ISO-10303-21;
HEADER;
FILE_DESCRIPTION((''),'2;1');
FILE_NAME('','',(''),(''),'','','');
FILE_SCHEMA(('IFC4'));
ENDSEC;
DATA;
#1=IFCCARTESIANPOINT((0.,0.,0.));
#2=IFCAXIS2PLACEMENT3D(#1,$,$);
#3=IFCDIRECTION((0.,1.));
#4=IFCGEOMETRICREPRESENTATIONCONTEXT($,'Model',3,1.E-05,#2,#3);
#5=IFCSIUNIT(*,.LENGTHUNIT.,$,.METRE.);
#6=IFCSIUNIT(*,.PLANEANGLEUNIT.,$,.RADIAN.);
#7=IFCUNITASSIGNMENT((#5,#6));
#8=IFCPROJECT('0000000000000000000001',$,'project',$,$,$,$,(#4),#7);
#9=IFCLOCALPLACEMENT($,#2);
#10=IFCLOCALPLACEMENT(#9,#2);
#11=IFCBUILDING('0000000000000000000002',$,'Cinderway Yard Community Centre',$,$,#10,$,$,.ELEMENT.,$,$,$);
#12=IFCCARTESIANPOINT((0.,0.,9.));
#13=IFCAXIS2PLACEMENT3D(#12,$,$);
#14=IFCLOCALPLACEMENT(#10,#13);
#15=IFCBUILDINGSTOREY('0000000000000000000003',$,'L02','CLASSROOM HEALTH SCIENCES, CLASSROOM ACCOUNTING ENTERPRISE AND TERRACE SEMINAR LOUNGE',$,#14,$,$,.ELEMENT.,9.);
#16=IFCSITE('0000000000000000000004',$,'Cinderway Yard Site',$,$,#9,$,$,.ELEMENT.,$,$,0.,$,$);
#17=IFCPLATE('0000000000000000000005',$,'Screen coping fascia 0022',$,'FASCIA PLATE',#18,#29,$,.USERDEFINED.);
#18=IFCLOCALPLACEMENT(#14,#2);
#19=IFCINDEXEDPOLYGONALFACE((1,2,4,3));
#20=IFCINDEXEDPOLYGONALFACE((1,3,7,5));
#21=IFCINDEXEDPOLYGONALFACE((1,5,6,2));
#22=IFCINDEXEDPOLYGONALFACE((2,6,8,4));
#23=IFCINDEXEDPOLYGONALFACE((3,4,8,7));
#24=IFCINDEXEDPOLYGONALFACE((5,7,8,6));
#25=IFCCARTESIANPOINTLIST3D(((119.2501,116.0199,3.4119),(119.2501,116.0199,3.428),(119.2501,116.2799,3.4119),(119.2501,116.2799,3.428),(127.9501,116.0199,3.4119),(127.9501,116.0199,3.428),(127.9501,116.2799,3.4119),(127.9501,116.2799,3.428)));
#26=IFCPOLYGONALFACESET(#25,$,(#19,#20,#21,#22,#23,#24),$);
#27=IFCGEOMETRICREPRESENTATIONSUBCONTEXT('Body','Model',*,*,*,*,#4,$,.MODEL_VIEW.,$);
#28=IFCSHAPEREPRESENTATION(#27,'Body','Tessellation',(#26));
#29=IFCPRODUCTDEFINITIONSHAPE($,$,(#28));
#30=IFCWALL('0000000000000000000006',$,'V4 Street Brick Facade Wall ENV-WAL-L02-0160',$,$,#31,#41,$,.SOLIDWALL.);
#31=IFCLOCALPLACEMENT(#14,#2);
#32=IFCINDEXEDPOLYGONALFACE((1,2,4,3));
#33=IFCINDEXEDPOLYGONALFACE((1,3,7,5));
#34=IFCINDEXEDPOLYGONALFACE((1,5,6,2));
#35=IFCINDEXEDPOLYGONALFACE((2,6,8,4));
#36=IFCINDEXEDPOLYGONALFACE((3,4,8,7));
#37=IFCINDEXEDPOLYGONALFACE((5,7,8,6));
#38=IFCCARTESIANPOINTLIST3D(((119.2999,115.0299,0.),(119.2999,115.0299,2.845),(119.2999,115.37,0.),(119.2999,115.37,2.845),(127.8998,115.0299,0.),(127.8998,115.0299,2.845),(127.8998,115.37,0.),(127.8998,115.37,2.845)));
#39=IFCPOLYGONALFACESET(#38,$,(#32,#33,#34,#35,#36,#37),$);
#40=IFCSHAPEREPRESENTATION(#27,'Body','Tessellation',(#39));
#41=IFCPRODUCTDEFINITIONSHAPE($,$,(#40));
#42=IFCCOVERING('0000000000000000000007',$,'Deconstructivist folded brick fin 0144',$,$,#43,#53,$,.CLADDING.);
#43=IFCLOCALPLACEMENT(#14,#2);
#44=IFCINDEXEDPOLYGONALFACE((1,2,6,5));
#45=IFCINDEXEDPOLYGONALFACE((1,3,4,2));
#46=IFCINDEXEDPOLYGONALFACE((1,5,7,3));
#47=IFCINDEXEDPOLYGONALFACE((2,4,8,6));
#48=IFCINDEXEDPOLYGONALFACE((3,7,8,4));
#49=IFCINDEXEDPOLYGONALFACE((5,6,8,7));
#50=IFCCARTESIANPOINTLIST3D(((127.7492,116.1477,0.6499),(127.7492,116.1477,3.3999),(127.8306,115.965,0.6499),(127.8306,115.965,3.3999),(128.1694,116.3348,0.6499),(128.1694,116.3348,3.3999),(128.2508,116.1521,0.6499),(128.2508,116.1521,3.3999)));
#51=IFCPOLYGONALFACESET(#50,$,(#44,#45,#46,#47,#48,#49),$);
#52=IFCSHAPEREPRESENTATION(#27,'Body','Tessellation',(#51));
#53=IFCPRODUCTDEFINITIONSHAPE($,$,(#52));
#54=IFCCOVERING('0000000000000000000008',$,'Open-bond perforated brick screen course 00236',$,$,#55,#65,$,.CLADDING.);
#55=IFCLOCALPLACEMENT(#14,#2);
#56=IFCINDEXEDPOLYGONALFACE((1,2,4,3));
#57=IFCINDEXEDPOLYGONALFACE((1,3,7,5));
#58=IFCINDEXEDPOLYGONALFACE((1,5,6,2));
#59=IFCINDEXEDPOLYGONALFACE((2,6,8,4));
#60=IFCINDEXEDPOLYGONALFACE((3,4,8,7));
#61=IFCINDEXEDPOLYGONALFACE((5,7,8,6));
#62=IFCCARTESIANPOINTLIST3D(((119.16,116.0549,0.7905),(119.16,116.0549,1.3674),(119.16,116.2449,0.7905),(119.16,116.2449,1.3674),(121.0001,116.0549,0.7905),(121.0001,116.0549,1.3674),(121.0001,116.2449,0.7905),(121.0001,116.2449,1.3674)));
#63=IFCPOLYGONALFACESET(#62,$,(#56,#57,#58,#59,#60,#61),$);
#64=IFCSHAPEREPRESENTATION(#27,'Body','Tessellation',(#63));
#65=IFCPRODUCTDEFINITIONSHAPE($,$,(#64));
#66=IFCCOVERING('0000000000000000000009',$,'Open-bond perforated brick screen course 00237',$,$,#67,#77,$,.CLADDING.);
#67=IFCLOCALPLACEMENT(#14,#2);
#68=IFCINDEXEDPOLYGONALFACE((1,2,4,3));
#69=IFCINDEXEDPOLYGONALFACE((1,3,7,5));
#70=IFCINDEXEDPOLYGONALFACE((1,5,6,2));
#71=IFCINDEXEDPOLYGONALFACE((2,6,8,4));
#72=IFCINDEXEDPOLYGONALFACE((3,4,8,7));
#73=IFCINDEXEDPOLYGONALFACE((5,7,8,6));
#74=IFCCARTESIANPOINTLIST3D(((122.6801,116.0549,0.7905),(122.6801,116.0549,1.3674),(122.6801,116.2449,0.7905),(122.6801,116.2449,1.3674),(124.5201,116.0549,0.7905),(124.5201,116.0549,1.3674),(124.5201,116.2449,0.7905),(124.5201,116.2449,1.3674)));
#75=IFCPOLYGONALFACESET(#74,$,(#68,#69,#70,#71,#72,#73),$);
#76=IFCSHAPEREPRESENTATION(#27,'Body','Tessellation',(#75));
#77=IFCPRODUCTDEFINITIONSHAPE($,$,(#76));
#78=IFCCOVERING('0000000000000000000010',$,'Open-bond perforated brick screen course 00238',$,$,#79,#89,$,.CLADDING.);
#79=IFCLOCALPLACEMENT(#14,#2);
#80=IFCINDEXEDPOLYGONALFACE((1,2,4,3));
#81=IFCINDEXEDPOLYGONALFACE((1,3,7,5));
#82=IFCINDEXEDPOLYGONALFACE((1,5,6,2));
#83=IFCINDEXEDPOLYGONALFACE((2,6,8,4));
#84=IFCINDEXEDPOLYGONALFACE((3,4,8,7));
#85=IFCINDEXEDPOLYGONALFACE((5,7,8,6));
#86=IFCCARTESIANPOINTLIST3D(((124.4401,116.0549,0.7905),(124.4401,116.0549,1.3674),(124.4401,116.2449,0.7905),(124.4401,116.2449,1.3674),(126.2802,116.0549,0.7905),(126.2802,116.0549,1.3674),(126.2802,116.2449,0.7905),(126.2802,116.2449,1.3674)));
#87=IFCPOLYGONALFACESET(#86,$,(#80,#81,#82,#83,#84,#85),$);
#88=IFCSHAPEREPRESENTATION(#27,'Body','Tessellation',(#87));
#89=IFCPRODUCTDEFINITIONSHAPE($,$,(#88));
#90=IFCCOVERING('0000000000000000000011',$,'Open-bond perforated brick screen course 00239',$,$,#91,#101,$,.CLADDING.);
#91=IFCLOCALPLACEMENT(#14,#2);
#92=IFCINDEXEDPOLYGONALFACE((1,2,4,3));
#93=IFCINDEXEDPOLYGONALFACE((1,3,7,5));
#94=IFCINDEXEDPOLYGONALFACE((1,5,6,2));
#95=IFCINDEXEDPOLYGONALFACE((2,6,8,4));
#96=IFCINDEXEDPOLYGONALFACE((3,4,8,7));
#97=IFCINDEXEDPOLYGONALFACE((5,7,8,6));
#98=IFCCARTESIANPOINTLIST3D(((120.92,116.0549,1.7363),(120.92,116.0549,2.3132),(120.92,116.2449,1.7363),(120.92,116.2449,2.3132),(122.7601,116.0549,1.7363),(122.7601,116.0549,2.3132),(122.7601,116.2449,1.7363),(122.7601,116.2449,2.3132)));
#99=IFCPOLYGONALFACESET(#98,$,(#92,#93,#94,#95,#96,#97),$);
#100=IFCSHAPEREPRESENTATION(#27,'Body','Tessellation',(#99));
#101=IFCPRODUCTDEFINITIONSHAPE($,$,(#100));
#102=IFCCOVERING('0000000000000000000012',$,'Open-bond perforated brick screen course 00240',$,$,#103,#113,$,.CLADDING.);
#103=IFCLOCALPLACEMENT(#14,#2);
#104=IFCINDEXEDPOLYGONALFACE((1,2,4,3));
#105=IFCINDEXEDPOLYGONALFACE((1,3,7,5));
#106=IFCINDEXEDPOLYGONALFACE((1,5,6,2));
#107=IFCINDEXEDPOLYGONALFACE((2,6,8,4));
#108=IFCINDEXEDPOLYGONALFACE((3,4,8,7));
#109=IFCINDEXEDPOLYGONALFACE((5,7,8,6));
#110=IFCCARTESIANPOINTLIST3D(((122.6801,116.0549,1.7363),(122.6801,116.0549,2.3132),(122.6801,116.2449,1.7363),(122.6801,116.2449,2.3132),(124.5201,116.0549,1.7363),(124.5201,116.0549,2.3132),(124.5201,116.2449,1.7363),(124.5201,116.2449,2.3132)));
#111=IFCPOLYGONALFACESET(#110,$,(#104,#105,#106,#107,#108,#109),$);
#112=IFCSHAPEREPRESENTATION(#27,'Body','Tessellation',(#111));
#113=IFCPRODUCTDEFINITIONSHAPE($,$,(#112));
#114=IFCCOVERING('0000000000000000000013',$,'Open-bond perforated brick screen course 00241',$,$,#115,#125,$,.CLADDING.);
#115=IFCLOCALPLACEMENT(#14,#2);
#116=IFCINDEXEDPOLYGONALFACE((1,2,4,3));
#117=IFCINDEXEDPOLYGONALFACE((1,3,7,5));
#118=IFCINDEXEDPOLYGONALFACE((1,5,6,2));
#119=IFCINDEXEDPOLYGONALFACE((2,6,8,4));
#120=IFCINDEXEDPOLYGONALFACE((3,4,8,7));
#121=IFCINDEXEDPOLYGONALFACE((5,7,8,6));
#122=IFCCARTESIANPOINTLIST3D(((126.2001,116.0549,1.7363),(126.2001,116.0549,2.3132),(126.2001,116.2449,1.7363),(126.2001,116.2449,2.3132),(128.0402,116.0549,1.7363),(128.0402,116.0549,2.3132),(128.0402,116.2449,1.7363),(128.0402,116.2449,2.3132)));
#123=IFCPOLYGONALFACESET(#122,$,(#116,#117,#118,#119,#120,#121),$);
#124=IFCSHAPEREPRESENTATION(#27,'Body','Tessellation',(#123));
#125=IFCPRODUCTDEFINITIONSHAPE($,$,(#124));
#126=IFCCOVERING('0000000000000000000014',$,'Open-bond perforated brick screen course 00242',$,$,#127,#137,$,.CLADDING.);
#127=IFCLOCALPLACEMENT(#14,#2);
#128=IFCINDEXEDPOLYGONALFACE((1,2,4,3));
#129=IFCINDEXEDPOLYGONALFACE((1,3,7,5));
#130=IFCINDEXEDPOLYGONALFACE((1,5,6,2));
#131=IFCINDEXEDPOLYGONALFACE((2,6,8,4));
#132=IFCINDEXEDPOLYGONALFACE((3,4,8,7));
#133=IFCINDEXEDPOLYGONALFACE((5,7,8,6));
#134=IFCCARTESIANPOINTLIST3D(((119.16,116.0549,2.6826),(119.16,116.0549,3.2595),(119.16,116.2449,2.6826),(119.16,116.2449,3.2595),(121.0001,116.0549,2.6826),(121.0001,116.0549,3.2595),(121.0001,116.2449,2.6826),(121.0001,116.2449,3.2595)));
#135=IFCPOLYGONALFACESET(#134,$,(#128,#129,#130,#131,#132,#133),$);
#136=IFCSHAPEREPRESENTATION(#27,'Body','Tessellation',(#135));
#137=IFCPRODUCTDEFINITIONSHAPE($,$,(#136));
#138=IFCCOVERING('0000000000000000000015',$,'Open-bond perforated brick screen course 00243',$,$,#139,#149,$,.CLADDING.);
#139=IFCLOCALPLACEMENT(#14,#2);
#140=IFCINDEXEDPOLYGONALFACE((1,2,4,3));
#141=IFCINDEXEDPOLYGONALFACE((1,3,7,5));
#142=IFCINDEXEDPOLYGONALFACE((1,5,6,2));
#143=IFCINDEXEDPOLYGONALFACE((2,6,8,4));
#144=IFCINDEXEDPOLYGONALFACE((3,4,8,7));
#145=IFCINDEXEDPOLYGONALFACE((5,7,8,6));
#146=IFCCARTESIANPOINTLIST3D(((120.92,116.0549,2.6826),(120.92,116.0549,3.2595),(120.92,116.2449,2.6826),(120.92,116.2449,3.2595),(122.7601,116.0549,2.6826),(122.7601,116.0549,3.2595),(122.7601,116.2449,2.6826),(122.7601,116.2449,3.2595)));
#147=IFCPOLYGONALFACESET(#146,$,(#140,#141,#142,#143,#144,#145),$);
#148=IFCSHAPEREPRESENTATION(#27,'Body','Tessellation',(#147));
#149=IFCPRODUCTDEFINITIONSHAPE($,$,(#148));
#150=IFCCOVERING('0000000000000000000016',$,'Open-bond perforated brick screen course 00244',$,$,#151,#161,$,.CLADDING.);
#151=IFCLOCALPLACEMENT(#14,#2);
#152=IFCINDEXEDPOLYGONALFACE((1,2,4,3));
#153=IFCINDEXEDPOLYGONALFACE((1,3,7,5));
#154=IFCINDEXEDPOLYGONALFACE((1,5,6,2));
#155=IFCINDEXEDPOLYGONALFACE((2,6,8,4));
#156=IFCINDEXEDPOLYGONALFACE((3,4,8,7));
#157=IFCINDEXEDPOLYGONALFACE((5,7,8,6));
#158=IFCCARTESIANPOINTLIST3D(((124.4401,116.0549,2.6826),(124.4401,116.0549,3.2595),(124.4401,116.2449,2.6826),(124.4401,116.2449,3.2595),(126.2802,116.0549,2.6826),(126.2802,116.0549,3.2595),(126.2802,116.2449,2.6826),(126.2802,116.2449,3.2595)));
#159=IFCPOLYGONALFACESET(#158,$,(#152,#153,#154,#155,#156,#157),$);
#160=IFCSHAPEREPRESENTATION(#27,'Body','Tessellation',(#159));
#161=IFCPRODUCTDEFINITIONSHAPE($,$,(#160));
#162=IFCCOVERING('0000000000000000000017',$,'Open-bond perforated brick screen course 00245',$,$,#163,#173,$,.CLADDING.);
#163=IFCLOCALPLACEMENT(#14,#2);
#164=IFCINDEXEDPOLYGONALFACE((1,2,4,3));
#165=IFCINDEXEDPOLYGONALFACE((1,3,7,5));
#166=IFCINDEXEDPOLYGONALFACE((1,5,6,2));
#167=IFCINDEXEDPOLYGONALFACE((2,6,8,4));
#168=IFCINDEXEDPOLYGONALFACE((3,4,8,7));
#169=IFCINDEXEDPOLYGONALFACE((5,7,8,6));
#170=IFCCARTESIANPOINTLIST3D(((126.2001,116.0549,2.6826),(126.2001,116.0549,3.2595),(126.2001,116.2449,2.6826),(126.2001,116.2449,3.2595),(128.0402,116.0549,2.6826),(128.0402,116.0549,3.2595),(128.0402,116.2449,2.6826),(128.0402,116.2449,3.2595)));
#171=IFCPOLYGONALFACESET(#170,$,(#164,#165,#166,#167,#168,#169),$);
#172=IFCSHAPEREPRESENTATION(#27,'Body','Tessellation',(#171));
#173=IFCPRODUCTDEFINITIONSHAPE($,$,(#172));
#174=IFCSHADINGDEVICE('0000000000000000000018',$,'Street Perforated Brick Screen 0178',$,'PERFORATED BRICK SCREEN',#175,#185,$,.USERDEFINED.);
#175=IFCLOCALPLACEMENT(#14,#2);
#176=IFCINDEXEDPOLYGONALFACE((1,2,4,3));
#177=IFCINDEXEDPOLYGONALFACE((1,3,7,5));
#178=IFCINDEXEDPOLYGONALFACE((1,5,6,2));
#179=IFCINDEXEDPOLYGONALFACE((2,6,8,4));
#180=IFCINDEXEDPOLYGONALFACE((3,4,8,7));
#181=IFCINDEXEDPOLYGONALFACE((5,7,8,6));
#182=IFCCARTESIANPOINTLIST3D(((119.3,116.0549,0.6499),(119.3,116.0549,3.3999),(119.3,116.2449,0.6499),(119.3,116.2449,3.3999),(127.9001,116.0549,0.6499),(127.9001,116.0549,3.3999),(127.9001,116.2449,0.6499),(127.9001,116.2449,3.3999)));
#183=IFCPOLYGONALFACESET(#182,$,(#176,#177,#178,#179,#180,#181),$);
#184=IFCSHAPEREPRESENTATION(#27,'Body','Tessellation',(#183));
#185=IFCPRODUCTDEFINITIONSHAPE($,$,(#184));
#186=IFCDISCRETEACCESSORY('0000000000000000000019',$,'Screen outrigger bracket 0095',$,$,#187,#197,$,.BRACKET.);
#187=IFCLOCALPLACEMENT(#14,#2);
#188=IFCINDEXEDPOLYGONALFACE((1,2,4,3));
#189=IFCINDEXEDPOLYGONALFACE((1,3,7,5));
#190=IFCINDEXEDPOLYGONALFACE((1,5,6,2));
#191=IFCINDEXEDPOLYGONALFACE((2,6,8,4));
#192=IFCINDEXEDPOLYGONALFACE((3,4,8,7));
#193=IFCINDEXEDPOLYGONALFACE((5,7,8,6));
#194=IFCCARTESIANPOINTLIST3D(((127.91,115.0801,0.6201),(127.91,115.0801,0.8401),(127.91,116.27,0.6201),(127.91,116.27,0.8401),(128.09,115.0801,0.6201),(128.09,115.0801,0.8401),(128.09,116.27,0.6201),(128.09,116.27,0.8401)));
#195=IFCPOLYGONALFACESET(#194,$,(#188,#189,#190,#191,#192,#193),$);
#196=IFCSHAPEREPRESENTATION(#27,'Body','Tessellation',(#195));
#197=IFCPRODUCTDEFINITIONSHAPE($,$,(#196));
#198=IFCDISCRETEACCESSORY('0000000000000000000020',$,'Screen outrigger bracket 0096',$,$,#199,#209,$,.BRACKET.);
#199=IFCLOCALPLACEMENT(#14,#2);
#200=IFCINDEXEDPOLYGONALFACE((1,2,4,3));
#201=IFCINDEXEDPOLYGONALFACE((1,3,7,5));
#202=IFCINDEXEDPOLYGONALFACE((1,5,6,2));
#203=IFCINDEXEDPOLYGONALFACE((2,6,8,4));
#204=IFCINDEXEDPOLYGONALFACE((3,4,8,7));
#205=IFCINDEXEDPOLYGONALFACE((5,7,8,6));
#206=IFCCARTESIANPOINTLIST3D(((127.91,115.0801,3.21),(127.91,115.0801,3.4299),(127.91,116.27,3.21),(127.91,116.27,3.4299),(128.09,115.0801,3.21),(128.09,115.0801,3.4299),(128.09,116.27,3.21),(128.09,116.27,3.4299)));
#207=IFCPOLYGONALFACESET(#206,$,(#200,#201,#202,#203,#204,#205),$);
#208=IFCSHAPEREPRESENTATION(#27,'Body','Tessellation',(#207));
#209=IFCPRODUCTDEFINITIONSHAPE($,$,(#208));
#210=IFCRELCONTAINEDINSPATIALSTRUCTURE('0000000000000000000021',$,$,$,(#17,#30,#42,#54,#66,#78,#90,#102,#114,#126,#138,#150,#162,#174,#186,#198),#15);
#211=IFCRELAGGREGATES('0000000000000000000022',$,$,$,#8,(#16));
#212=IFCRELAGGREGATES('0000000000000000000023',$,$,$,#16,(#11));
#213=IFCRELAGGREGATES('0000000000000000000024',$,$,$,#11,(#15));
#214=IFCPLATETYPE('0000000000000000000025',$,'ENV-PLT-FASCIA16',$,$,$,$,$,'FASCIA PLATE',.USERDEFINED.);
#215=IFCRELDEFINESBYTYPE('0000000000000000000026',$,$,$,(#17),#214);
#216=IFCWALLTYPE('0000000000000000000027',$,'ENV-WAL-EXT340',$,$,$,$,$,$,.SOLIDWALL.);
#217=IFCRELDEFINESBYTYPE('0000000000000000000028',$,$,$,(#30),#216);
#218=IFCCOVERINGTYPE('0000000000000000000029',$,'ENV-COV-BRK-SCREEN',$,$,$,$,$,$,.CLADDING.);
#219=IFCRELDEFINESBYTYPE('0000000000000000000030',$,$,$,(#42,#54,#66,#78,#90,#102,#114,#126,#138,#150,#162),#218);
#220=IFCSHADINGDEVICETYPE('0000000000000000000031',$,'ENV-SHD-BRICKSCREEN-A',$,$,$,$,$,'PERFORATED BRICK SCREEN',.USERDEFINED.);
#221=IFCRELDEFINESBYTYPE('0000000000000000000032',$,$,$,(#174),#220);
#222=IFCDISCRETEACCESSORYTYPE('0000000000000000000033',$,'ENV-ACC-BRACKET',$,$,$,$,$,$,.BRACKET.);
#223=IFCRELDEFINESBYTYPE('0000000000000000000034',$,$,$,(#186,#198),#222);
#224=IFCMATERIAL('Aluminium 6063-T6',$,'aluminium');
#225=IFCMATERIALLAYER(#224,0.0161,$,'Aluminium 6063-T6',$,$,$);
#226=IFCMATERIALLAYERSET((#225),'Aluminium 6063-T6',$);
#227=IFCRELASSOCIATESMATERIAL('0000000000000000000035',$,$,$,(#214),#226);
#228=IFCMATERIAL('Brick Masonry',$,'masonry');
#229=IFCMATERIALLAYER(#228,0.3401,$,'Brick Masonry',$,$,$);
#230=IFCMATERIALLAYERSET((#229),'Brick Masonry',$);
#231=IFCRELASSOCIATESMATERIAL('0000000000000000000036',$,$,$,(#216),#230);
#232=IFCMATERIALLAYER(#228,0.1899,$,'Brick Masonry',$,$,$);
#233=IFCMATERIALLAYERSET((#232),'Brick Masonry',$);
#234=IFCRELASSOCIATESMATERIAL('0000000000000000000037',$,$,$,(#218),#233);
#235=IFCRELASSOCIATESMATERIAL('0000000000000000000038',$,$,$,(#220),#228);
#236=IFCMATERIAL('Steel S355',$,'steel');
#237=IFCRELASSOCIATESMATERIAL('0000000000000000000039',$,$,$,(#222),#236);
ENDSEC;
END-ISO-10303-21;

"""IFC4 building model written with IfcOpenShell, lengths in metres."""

from ifc_helpers import new_model, si_unit, direction, frame, frame_2d, origin, origin_2d, place, context, subcontext, project, spatial, rectangle, extrude, material, layer, layer_set, type_object, element, save


model = new_model("IFC4")

# Units and contexts
model_context = context("Model", 3, precision=1e-05, world=origin(), true_north=direction((0.0, 1.0)))
body_context = subcontext(model_context, "Body", "Model", "MODEL_VIEW")
ifc_project = project(units=[si_unit("LENGTHUNIT", "METRE"), si_unit("PLANEANGLEUNIT", "RADIAN")], contexts=[model_context])

# Site, building, storey
site_placement = place(None, origin())
site = spatial("IfcSite", under=ifc_project, at=site_placement, Name="Cinderway Yard Site", CompositionType="ELEMENT", RefElevation=0.0)
building_placement = place(site_placement, origin())
building = spatial("IfcBuilding", under=site, at=building_placement, Name="Cinderway Yard Community Centre", CompositionType="ELEMENT")
storey_placement = place(building_placement, frame((0.0, 0.0, 9.0)))
storey = spatial("IfcBuildingStorey", under=building, at=storey_placement, Name="L02", Description="CLASSROOM HEALTH SCIENCES, CLASSROOM ACCOUNTING ENTERPRISE AND TERRACE SEMINAR LOUNGE", CompositionType="ELEMENT", Elevation=9.0)

# Shared definitions
ifc_material_1 = material(Name="Steel S355", Category="steel")

# Plate
ifc_material_2 = material(Name="Aluminium 6063-T6", Category="aluminium")
ifc_layer_1 = layer(ifc_material_2, 0.0161, Name="Aluminium 6063-T6")
ifc_layer_set_1 = layer_set([ifc_layer_1], Name="Aluminium 6063-T6")
plate_type = type_object("IfcPlateType", Name="ENV-PLT-FASCIA16", ElementType="FASCIA PLATE", PredefinedType="USERDEFINED", material=ifc_layer_set_1)
plate_placement = place(storey_placement, frame((123.6001, 116.1499, 3.4119), z_axis=(0.0, 0.0, 1.0), x_axis=(1.0, 0.0, 0.0)))
element("IfcPlate", 1, at=plate_placement, inside=storey, type_object=plate_type, Name="Screen coping fascia 0022", ObjectType="FASCIA PLATE", PredefinedType="USERDEFINED", context=body_context, shape_type="SweptSolid", body=[
    extrude(rectangle(XDim=8.7, YDim=0.26, at=origin_2d()), origin(), (0.0, 0.0, 1.0), 0.0161),
])

# Wall
ifc_material_3 = material(Name="Brick Masonry", Category="masonry")
ifc_layer_2 = layer(ifc_material_3, 0.3401, Name="Brick Masonry")
ifc_layer_set_2 = layer_set([ifc_layer_2], Name="Brick Masonry")
wall_type = type_object("IfcWallType", Name="ENV-WAL-EXT340", PredefinedType="SOLIDWALL", material=ifc_layer_set_2)
wall_placement = place(storey_placement, frame((119.3, 115.2, 0.0), z_axis=(0.0, 0.0, 1.0), x_axis=(1.0, 0.0, 0.0)))
element("IfcWall", 2, at=wall_placement, inside=storey, type_object=wall_type, Name="V4 Street Brick Facade Wall ENV-WAL-L02-0160", PredefinedType="SOLIDWALL", context=body_context, shape_type="SweptSolid", body=[
    extrude(rectangle(XDim=8.5999, YDim=0.3401, at=frame_2d((4.2998, 0.0))), origin(), (0.0, 0.0, 1.0), 2.845),
])

# Coverings
ifc_layer_3 = layer(ifc_material_3, 0.1899, Name="Brick Masonry")
ifc_layer_set_3 = layer_set([ifc_layer_3], Name="Brick Masonry")
covering_type = type_object("IfcCoveringType", Name="ENV-COV-BRK-SCREEN", PredefinedType="CLADDING", material=ifc_layer_set_3)
covering_placement = place(storey_placement, frame((128.0, 116.1499, 0.6499), z_axis=(0.0, 0.0, 1.0), x_axis=(0.913545, 0.406737, 0.0)))
element("IfcCovering", 3, at=covering_placement, inside=storey, type_object=covering_type, Name="Deconstructivist folded brick fin 0144", PredefinedType="CLADDING", context=body_context, shape_type="SweptSolid", body=[
    extrude(rectangle(XDim=0.46, YDim=0.2, at=origin_2d()), origin(), (0.0, 0.0, 1.0), 2.75),
])
for number, where, z_axis, x_axis, name in (
    (4, (120.0801, 116.1499, 0.7905), (0.0, 0.0, 1.0), (1.0, 0.0, 0.0), "Open-bond perforated brick screen course 00236"),
    (5, (123.6001, 116.1499, 0.7905), (0.0, 0.0, 1.0), (1.0, 0.0, 0.0), "Open-bond perforated brick screen course 00237"),
    (6, (125.3601, 116.1499, 0.7905), (0.0, 0.0, 1.0), (1.0, 0.0, 0.0), "Open-bond perforated brick screen course 00238"),
    (7, (121.8401, 116.1499, 1.7363), (0.0, 0.0, 1.0), (1.0, 0.0, 0.0), "Open-bond perforated brick screen course 00239"),
    (8, (123.6001, 116.1499, 1.7363), (0.0, 0.0, 1.0), (1.0, 0.0, 0.0), "Open-bond perforated brick screen course 00240"),
    (9, (127.1201, 116.1499, 1.7363), (0.0, 0.0, 1.0), (1.0, 0.0, 0.0), "Open-bond perforated brick screen course 00241"),
    (10, (120.0801, 116.1499, 2.6826), (0.0, 0.0, 1.0), (1.0, 0.0, 0.0), "Open-bond perforated brick screen course 00242"),
    (11, (121.8401, 116.1499, 2.6826), (0.0, 0.0, 1.0), (1.0, 0.0, 0.0), "Open-bond perforated brick screen course 00243"),
    (12, (125.3601, 116.1499, 2.6826), (0.0, 0.0, 1.0), (1.0, 0.0, 0.0), "Open-bond perforated brick screen course 00244"),
    (13, (127.1201, 116.1499, 2.6826), (0.0, 0.0, 1.0), (1.0, 0.0, 0.0), "Open-bond perforated brick screen course 00245"),
):
    element("IfcCovering", number, at=place(storey_placement, frame(where, z_axis=z_axis, x_axis=x_axis)), inside=storey, type_object=covering_type, Name=name, PredefinedType="CLADDING", context=body_context, shape_type="SweptSolid", body=[
        extrude(rectangle(XDim=1.8401, YDim=0.1899, at=origin_2d()), origin(), (0.0, 0.0, 1.0), 0.5769),
    ])

# Shading device
shading_device_type = type_object("IfcShadingDeviceType", Name="ENV-SHD-BRICKSCREEN-A", ElementType="PERFORATED BRICK SCREEN", PredefinedType="USERDEFINED", material=ifc_material_3)
shading_device_placement = place(storey_placement, frame((123.6001, 116.1499, 0.6499), z_axis=(0.0, 0.0, 1.0), x_axis=(1.0, 0.0, 0.0)))
element("IfcShadingDevice", 14, at=shading_device_placement, inside=storey, type_object=shading_device_type, Name="Street Perforated Brick Screen 0178", ObjectType="PERFORATED BRICK SCREEN", PredefinedType="USERDEFINED", context=body_context, shape_type="SweptSolid", body=[
    extrude(rectangle(XDim=8.6001, YDim=0.1899, at=origin_2d()), origin(), (0.0, 0.0, 1.0), 2.75),
])

# Discrete accessories
discrete_accessory_type = type_object("IfcDiscreteAccessoryType", Name="ENV-ACC-BRACKET", PredefinedType="BRACKET", material=ifc_material_1)
for number, where, z_axis, x_axis, name in (
    (15, (128.0, 115.675, 0.6201), (0.0, 0.0, 1.0), (0.0, 1.0, 0.0), "Screen outrigger bracket 0095"),
    (16, (128.0, 115.675, 3.21), (0.0, 0.0, 1.0), (0.0, 1.0, 0.0), "Screen outrigger bracket 0096"),
):
    element("IfcDiscreteAccessory", number, at=place(storey_placement, frame(where, z_axis=z_axis, x_axis=x_axis)), inside=storey, type_object=discrete_accessory_type, Name=name, PredefinedType="BRACKET", context=body_context, shape_type="SweptSolid", body=[
        extrude(rectangle(XDim=1.1899, YDim=0.1799, at=origin_2d()), origin(), (0.0, 0.0, 1.0), 0.22),
    ])

save(model, "model.ifc")
